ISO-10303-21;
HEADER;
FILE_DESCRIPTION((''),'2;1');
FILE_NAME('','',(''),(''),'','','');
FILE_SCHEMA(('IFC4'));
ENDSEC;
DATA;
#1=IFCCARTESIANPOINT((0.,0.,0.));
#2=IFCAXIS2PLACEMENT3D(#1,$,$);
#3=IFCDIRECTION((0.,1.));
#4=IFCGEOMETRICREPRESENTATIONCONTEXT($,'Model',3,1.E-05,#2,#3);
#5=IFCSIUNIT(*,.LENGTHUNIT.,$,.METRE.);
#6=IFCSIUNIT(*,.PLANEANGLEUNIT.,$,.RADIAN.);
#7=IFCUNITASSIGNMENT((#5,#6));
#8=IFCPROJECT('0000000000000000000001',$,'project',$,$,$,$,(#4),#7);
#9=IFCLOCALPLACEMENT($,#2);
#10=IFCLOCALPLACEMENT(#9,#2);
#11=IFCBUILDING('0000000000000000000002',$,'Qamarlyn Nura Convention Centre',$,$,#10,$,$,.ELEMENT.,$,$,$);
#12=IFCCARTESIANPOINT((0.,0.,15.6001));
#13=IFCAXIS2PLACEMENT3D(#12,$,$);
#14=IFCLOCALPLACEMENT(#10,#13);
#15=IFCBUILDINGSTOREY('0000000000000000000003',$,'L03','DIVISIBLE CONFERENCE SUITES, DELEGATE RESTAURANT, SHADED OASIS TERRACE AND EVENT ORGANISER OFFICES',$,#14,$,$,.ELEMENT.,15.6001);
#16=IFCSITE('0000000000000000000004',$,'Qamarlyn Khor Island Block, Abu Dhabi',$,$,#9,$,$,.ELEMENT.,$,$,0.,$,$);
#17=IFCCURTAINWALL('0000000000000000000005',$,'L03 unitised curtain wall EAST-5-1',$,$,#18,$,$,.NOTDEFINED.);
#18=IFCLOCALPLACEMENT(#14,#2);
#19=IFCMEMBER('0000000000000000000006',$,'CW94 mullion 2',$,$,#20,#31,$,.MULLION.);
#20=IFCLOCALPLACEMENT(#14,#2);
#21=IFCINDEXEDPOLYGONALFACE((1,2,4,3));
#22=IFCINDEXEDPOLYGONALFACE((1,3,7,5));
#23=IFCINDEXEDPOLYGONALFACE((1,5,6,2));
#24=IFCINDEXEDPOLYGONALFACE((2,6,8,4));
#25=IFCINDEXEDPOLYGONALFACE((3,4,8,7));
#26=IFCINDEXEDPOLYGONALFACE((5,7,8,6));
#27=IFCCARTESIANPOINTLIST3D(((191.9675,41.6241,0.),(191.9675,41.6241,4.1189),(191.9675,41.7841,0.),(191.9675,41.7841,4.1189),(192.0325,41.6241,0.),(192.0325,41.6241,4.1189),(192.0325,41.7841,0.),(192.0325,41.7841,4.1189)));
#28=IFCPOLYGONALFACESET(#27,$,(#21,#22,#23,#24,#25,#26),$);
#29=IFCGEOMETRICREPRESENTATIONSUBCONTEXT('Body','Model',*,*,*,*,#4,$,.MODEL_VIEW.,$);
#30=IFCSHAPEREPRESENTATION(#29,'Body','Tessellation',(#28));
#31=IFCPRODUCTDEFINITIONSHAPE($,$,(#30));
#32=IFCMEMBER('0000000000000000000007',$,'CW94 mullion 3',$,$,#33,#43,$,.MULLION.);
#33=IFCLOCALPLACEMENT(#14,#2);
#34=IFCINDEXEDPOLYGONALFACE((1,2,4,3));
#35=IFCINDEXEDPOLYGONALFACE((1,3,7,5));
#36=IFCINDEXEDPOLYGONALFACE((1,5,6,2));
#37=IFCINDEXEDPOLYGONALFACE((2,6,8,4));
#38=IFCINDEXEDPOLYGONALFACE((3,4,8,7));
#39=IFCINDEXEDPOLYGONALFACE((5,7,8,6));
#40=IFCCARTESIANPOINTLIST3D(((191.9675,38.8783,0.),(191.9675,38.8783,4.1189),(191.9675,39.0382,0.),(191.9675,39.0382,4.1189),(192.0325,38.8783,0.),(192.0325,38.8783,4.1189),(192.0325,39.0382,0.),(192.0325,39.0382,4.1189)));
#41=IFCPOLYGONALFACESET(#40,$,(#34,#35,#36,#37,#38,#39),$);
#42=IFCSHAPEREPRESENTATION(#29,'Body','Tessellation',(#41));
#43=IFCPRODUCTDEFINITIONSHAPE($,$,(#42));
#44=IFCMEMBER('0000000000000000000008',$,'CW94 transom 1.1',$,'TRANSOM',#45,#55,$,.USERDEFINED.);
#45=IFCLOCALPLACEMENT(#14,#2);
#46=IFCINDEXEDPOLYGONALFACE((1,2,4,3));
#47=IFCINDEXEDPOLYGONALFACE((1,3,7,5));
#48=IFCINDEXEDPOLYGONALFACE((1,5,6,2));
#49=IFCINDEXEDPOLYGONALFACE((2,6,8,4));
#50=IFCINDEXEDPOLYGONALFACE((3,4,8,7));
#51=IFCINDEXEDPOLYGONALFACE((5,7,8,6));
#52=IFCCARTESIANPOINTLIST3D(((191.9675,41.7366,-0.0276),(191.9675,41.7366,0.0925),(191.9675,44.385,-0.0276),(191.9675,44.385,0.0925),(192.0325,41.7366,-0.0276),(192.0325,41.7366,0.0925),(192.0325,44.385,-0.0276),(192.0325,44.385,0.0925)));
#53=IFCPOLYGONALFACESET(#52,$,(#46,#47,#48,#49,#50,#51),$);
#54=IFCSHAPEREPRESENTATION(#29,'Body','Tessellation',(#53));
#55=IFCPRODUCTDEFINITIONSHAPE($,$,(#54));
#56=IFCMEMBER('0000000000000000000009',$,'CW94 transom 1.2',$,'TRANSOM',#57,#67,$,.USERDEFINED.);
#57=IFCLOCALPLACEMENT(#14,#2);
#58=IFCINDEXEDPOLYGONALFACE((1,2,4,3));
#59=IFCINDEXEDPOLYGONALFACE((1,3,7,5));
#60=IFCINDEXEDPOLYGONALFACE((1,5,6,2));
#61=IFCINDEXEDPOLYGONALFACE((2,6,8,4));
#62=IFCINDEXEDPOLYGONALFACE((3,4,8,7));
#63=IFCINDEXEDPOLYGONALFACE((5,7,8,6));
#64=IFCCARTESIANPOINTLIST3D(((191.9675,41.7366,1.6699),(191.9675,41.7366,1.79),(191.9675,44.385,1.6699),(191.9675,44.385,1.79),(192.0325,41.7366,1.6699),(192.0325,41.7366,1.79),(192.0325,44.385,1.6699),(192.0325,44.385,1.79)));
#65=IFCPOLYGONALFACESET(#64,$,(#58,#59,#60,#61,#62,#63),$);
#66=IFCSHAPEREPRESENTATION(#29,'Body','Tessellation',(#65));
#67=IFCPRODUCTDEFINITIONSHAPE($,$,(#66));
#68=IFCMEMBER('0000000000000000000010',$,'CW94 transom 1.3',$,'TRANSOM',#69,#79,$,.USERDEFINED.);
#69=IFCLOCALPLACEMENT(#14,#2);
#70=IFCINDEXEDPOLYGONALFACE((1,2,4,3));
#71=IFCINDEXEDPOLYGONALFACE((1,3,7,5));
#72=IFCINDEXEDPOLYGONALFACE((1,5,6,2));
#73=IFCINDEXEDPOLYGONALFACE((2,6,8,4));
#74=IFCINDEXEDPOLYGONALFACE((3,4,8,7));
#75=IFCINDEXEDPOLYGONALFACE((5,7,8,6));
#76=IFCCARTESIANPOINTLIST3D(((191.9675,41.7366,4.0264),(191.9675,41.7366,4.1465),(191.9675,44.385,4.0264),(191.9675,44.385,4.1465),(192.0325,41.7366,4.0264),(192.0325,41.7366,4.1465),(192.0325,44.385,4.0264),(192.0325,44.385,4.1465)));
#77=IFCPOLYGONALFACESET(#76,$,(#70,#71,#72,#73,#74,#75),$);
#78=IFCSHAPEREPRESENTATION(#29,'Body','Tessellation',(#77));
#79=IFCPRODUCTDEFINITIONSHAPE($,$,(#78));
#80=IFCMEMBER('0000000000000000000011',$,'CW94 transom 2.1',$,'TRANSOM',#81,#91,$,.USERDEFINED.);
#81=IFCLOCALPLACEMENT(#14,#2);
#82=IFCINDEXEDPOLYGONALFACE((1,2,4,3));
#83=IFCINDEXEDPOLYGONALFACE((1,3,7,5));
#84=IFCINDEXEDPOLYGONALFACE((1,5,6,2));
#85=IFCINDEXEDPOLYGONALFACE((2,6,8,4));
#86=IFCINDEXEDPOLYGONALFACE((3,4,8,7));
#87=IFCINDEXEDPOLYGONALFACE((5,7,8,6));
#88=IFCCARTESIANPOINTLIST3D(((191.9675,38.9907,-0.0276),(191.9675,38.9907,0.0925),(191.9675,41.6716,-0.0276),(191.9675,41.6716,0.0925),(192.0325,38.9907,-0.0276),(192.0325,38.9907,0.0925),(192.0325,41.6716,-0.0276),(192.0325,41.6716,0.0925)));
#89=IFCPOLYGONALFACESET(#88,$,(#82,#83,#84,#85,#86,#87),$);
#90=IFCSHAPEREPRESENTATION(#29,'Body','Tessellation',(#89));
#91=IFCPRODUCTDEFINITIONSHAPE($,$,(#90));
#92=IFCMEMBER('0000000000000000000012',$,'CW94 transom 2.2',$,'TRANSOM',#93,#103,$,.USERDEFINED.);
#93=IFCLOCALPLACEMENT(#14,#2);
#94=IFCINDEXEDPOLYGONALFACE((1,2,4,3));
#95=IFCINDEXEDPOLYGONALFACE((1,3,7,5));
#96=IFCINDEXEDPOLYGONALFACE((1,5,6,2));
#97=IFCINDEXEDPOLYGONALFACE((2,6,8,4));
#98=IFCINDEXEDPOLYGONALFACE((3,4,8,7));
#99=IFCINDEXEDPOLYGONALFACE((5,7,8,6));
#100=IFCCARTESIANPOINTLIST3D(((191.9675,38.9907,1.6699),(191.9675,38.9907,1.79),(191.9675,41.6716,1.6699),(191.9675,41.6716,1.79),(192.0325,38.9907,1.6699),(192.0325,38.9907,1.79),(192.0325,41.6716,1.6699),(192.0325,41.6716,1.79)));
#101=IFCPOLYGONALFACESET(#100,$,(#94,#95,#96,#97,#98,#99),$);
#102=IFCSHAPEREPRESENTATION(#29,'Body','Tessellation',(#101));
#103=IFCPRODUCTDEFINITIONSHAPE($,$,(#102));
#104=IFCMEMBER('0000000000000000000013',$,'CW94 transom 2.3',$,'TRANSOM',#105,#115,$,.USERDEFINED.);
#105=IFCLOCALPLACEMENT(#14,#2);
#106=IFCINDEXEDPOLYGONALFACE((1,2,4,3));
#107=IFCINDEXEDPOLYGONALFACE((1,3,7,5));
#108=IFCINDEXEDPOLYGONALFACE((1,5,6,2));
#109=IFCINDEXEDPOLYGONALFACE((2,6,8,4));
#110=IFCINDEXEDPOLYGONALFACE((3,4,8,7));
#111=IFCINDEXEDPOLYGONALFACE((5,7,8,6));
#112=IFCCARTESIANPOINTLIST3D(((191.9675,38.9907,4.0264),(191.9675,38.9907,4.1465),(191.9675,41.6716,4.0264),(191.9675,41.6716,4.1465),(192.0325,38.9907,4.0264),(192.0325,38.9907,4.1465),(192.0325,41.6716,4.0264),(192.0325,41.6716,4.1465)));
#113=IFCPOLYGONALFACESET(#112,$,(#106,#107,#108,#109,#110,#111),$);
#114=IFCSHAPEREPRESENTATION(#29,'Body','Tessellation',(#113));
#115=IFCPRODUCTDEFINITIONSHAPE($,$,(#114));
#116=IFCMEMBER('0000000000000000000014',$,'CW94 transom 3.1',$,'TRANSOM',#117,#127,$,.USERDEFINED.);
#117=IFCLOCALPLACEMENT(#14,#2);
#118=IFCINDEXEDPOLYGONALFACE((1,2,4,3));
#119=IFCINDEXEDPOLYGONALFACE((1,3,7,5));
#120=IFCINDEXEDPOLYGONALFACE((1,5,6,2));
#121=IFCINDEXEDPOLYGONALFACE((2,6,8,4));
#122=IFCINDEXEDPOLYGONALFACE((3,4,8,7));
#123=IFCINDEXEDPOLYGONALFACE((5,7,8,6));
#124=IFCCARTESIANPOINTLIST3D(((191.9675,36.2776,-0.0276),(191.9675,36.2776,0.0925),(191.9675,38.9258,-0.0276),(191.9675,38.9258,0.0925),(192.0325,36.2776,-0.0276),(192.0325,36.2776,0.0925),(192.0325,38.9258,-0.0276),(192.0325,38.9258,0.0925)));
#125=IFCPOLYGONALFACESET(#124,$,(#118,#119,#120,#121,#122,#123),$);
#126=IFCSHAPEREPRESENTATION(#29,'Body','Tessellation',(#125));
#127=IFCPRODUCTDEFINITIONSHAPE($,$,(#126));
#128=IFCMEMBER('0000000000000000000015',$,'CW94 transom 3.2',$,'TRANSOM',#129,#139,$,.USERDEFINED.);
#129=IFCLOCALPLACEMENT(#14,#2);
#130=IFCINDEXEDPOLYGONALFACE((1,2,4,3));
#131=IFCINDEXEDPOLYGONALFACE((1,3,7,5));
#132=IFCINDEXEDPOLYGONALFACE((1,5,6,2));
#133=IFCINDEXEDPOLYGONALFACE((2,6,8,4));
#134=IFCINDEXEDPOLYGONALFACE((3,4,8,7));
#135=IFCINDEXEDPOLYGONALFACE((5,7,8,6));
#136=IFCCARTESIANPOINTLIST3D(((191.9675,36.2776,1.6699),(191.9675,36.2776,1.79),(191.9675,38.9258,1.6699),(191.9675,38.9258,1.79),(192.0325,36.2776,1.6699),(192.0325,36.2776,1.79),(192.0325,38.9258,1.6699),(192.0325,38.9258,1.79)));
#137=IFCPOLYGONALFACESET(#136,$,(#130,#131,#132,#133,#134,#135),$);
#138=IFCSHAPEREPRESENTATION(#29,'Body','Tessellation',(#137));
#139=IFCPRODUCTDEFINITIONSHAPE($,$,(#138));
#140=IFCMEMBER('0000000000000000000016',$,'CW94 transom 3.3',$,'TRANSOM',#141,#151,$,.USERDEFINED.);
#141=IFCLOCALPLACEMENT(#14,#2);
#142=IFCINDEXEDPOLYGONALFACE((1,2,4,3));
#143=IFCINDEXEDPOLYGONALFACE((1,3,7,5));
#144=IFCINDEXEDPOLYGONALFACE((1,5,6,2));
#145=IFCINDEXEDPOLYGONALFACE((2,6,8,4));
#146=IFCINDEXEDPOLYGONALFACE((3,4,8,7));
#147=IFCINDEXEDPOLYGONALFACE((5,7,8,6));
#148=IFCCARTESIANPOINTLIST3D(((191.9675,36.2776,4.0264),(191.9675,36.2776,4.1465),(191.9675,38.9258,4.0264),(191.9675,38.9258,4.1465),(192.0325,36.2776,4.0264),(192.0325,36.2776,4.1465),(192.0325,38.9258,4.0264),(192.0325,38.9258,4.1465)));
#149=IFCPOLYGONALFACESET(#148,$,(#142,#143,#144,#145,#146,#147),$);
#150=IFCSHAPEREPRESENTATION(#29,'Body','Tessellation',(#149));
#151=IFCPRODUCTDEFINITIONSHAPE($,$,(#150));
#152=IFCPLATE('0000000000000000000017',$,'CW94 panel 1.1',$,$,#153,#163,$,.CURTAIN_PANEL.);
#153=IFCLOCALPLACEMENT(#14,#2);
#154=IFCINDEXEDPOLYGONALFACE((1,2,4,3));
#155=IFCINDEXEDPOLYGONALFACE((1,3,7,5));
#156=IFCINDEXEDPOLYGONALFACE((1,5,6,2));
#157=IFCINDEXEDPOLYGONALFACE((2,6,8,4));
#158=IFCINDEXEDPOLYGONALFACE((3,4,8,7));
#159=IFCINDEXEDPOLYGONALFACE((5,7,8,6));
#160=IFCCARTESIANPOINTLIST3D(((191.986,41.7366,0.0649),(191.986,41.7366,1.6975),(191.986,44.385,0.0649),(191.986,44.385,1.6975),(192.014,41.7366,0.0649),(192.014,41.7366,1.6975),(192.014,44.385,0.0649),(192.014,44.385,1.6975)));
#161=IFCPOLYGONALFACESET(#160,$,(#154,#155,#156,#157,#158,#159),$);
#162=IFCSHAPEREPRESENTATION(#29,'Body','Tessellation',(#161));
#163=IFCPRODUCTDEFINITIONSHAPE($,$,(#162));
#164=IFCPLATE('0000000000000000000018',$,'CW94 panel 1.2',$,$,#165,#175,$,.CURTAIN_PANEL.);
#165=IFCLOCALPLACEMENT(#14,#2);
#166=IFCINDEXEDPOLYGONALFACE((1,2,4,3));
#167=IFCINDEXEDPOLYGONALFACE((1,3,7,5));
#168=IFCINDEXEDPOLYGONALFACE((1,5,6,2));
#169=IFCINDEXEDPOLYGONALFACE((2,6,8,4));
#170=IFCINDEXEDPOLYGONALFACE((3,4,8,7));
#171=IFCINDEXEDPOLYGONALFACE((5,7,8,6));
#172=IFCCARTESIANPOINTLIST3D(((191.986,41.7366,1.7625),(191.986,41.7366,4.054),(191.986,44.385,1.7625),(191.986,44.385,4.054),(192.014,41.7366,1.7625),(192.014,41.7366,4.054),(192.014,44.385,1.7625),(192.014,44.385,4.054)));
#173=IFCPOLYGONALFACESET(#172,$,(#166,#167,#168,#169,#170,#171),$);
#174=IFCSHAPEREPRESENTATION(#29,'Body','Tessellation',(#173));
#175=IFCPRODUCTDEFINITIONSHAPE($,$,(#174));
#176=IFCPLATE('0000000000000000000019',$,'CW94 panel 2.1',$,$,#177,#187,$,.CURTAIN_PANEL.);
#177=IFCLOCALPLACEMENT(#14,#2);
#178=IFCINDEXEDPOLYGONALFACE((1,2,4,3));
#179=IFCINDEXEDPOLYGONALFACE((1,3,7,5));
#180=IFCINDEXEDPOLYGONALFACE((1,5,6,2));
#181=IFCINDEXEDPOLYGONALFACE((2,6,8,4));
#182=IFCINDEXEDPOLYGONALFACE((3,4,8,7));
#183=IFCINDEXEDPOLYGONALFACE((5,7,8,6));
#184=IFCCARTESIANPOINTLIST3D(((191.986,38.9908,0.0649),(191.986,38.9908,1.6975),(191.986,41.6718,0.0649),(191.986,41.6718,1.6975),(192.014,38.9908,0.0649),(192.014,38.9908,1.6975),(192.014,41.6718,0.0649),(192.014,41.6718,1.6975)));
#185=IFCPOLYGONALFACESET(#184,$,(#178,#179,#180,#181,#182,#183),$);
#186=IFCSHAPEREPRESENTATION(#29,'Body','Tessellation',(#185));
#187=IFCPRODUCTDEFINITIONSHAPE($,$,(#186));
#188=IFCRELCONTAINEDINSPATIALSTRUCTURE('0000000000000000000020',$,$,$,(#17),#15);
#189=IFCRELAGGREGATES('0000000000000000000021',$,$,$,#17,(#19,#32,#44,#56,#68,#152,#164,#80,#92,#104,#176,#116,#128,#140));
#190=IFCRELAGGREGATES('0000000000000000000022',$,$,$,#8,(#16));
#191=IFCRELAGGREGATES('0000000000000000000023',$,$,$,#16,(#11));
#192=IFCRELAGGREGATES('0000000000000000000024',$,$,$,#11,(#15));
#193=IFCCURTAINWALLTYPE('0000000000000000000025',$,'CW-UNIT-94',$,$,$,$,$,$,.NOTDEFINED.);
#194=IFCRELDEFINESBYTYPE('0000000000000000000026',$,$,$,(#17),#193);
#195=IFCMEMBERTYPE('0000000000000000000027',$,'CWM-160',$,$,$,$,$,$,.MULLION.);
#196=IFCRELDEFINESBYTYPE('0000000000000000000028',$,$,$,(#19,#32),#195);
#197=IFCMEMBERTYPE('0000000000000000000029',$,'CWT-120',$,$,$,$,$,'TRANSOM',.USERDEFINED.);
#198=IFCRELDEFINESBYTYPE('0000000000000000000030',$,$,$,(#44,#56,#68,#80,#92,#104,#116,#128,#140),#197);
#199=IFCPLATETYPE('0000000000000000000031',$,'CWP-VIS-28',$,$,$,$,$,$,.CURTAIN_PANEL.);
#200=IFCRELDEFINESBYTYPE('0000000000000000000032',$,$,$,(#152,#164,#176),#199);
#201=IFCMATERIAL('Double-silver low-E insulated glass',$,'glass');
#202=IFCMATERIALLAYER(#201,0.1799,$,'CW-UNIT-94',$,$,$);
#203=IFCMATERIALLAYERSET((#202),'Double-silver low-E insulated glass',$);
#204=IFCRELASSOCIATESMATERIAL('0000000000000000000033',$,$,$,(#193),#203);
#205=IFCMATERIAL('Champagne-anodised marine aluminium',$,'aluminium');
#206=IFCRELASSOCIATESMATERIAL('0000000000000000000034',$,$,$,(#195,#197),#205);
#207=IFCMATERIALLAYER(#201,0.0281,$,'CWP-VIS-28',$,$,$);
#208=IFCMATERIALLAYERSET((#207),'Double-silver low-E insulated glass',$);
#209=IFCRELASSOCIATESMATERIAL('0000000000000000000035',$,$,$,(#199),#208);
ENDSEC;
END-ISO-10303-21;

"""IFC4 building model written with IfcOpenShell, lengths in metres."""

from ifc_helpers import new_model, si_unit, direction, frame, origin, origin_2d, place, context, subcontext, project, spatial, rectangle, extrude, material, layer, layer_set, material_profile, profile_set, type_object, element, aggregate, save


model = new_model("IFC4")

# Units and contexts
model_context = context("Model", 3, precision=1e-05, world=origin(), true_north=direction((0.0, 1.0)))
body_context = subcontext(model_context, "Body", "Model", "MODEL_VIEW")
ifc_project = project(units=[si_unit("LENGTHUNIT", "METRE"), si_unit("PLANEANGLEUNIT", "RADIAN")], contexts=[model_context])

# Site, building, storey
site_placement = place(None, origin())
site = spatial("IfcSite", under=ifc_project, at=site_placement, Name="Qamarlyn Khor Island Block, Abu Dhabi", CompositionType="ELEMENT", RefElevation=0.0)
building_placement = place(site_placement, origin())
building = spatial("IfcBuilding", under=site, at=building_placement, Name="Qamarlyn Nura Convention Centre", CompositionType="ELEMENT")
storey_placement = place(building_placement, frame((0.0, 0.0, 15.6001)))
storey = spatial("IfcBuildingStorey", under=building, at=storey_placement, Name="L03", Description="DIVISIBLE CONFERENCE SUITES, DELEGATE RESTAURANT, SHADED OASIS TERRACE AND EVENT ORGANISER OFFICES", CompositionType="ELEMENT", Elevation=15.6001)

# Shared definitions
ifc_material_1 = material(Name="Double-silver low-E insulated glass", Category="glass")
ifc_material_2 = material(Name="Champagne-anodised marine aluminium", Category="aluminium")

# Curtain wall, members, plates
ifc_layer_1 = layer(ifc_material_1, 0.1799, Name="CW-UNIT-94")
ifc_layer_set_1 = layer_set([ifc_layer_1], Name="Double-silver low-E insulated glass")
curtain_wall_type_1 = type_object("IfcCurtainWallType", Name="CW-UNIT-94", PredefinedType="NOTDEFINED", material=ifc_layer_set_1)
curtain_wall_1_placement = place(storey_placement, origin())
curtain_wall_1 = element("IfcCurtainWall", 1, at=curtain_wall_1_placement, inside=storey, type_object=curtain_wall_type_1, Name="L03 unitised curtain wall EAST-5-1", PredefinedType="NOTDEFINED")
ifc_material_profile_1 = material_profile(ifc_material_2, rectangle(XDim=0.0649, YDim=0.1599, at=origin_2d()), Name="ALU MULLION 65x160")
ifc_profile_set_1 = profile_set([ifc_material_profile_1], Name="Champagne-anodised marine aluminium")
member_type_1 = type_object("IfcMemberType", Name="CWM-160", PredefinedType="MULLION", material=ifc_profile_set_1)
member_1_placement = place(storey_placement, frame((192.0, 41.7041, 0.0), z_axis=(0.0, 0.0, 1.0), x_axis=(1.0, 0.0, 0.0)))
member_1 = element("IfcMember", 2, at=member_1_placement, type_object=member_type_1, Name="CW94 mullion 2", PredefinedType="MULLION", context=body_context, shape_type="SweptSolid", body=[
    extrude(rectangle(XDim=0.0649, YDim=0.1599, at=origin_2d()), origin(), (0.0, 0.0, 1.0), 4.1189),
])
member_2_placement = place(storey_placement, frame((192.0, 38.9583, 0.0), z_axis=(0.0, 0.0, 1.0), x_axis=(1.0, 0.0, 0.0)))
member_2 = element("IfcMember", 3, at=member_2_placement, type_object=member_type_1, Name="CW94 mullion 3", PredefinedType="MULLION", context=body_context, shape_type="SweptSolid", body=[
    extrude(rectangle(XDim=0.0649, YDim=0.1599, at=origin_2d()), origin(), (0.0, 0.0, 1.0), 4.1189),
])
ifc_material_profile_2 = material_profile(ifc_material_2, rectangle(XDim=0.0649, YDim=0.1201, at=origin_2d()), Name="ALU TRANSOM 65x120")
ifc_profile_set_2 = profile_set([ifc_material_profile_2], Name="Champagne-anodised marine aluminium")
member_type_2 = type_object("IfcMemberType", Name="CWT-120", ElementType="TRANSOM", PredefinedType="USERDEFINED", material=ifc_profile_set_2)
member_3_placement = place(storey_placement, frame((192.0, 44.385, 0.0325), z_axis=(0.0, -1.0, 0.0), x_axis=(1.0, 0.0, 0.0)))
member_3 = element("IfcMember", 4, at=member_3_placement, type_object=member_type_2, Name="CW94 transom 1.1", ObjectType="TRANSOM", PredefinedType="USERDEFINED", context=body_context, shape_type="SweptSolid", body=[
    extrude(rectangle(XDim=0.0649, YDim=0.1201, at=origin_2d()), origin(), (0.0, 0.0, 1.0), 2.6484),
])
member_4_placement = place(storey_placement, frame((192.0, 44.385, 1.73), z_axis=(0.0, -1.0, 0.0), x_axis=(1.0, 0.0, 0.0)))
member_4 = element("IfcMember", 5, at=member_4_placement, type_object=member_type_2, Name="CW94 transom 1.2", ObjectType="TRANSOM", PredefinedType="USERDEFINED", context=body_context, shape_type="SweptSolid", body=[
    extrude(rectangle(XDim=0.0649, YDim=0.1201, at=origin_2d()), origin(), (0.0, 0.0, 1.0), 2.6484),
])
member_5_placement = place(storey_placement, frame((192.0, 44.385, 4.0864), z_axis=(0.0, -1.0, 0.0), x_axis=(1.0, 0.0, 0.0)))
member_5 = element("IfcMember", 6, at=member_5_placement, type_object=member_type_2, Name="CW94 transom 1.3", ObjectType="TRANSOM", PredefinedType="USERDEFINED", context=body_context, shape_type="SweptSolid", body=[
    extrude(rectangle(XDim=0.0649, YDim=0.1201, at=origin_2d()), origin(), (0.0, 0.0, 1.0), 2.6484),
])
member_6_placement = place(storey_placement, frame((192.0, 41.6716, 0.0325), z_axis=(0.0, -1.0, 0.0), x_axis=(1.0, 0.0, 0.0)))
member_6 = element("IfcMember", 7, at=member_6_placement, type_object=member_type_2, Name="CW94 transom 2.1", ObjectType="TRANSOM", PredefinedType="USERDEFINED", context=body_context, shape_type="SweptSolid", body=[
    extrude(rectangle(XDim=0.0649, YDim=0.1201, at=origin_2d()), origin(), (0.0, 0.0, 1.0), 2.6809),
])
member_7_placement = place(storey_placement, frame((192.0, 41.6716, 1.73), z_axis=(0.0, -1.0, 0.0), x_axis=(1.0, 0.0, 0.0)))
member_7 = element("IfcMember", 8, at=member_7_placement, type_object=member_type_2, Name="CW94 transom 2.2", ObjectType="TRANSOM", PredefinedType="USERDEFINED", context=body_context, shape_type="SweptSolid", body=[
    extrude(rectangle(XDim=0.0649, YDim=0.1201, at=origin_2d()), origin(), (0.0, 0.0, 1.0), 2.6809),
])
member_8_placement = place(storey_placement, frame((192.0, 41.6716, 4.0864), z_axis=(0.0, -1.0, 0.0), x_axis=(1.0, 0.0, 0.0)))
member_8 = element("IfcMember", 9, at=member_8_placement, type_object=member_type_2, Name="CW94 transom 2.3", ObjectType="TRANSOM", PredefinedType="USERDEFINED", context=body_context, shape_type="SweptSolid", body=[
    extrude(rectangle(XDim=0.0649, YDim=0.1201, at=origin_2d()), origin(), (0.0, 0.0, 1.0), 2.6809),
])
member_9_placement = place(storey_placement, frame((192.0, 38.9258, 0.0325), z_axis=(0.0, -1.0, 0.0), x_axis=(1.0, 0.0, 0.0)))
member_9 = element("IfcMember", 10, at=member_9_placement, type_object=member_type_2, Name="CW94 transom 3.1", ObjectType="TRANSOM", PredefinedType="USERDEFINED", context=body_context, shape_type="SweptSolid", body=[
    extrude(rectangle(XDim=0.0649, YDim=0.1201, at=origin_2d()), origin(), (0.0, 0.0, 1.0), 2.6482),
])
member_10_placement = place(storey_placement, frame((192.0, 38.9258, 1.73), z_axis=(0.0, -1.0, 0.0), x_axis=(1.0, 0.0, 0.0)))
member_10 = element("IfcMember", 11, at=member_10_placement, type_object=member_type_2, Name="CW94 transom 3.2", ObjectType="TRANSOM", PredefinedType="USERDEFINED", context=body_context, shape_type="SweptSolid", body=[
    extrude(rectangle(XDim=0.0649, YDim=0.1201, at=origin_2d()), origin(), (0.0, 0.0, 1.0), 2.6482),
])
member_11_placement = place(storey_placement, frame((192.0, 38.9258, 4.0864), z_axis=(0.0, -1.0, 0.0), x_axis=(1.0, 0.0, 0.0)))
member_11 = element("IfcMember", 12, at=member_11_placement, type_object=member_type_2, Name="CW94 transom 3.3", ObjectType="TRANSOM", PredefinedType="USERDEFINED", context=body_context, shape_type="SweptSolid", body=[
    extrude(rectangle(XDim=0.0649, YDim=0.1201, at=origin_2d()), origin(), (0.0, 0.0, 1.0), 2.6482),
])
ifc_layer_2 = layer(ifc_material_1, 0.0281, Name="CWP-VIS-28")
ifc_layer_set_2 = layer_set([ifc_layer_2], Name="Double-silver low-E insulated glass")
plate_type_1 = type_object("IfcPlateType", Name="CWP-VIS-28", PredefinedType="CURTAIN_PANEL", material=ifc_layer_set_2)
plate_1_placement = place(storey_placement, frame((192.0, 43.0608, 0.0649), z_axis=(0.0, 0.0, 1.0), x_axis=(0.0, -1.0, 0.0)))
plate_1 = element("IfcPlate", 13, at=plate_1_placement, type_object=plate_type_1, Name="CW94 panel 1.1", PredefinedType="CURTAIN_PANEL", context=body_context, shape_type="SweptSolid", body=[
    extrude(rectangle(XDim=2.6484, YDim=0.0281, at=origin_2d()), origin(), (0.0, 0.0, 1.0), 1.6326),
])
plate_2_placement = place(storey_placement, frame((192.0, 43.0608, 1.7625), z_axis=(0.0, 0.0, 1.0), x_axis=(0.0, -1.0, 0.0)))
plate_2 = element("IfcPlate", 14, at=plate_2_placement, type_object=plate_type_1, Name="CW94 panel 1.2", PredefinedType="CURTAIN_PANEL", context=body_context, shape_type="SweptSolid", body=[
    extrude(rectangle(XDim=2.6484, YDim=0.0281, at=origin_2d()), origin(), (0.0, 0.0, 1.0), 2.2915),
])
plate_3_placement = place(storey_placement, frame((192.0, 40.3313, 0.0649), z_axis=(0.0, 0.0, 1.0), x_axis=(0.0, -1.0, 0.0)))
plate_3 = element("IfcPlate", 15, at=plate_3_placement, type_object=plate_type_1, Name="CW94 panel 2.1", PredefinedType="CURTAIN_PANEL", context=body_context, shape_type="SweptSolid", body=[
    extrude(rectangle(XDim=2.6809, YDim=0.0281, at=origin_2d()), origin(), (0.0, 0.0, 1.0), 1.6326),
])
aggregate(curtain_wall_1, [member_1, member_2, member_3, member_4, member_5, plate_1, plate_2, member_6, member_7, member_8, plate_3, member_9, member_10, member_11])

save(model, "model.ifc")
